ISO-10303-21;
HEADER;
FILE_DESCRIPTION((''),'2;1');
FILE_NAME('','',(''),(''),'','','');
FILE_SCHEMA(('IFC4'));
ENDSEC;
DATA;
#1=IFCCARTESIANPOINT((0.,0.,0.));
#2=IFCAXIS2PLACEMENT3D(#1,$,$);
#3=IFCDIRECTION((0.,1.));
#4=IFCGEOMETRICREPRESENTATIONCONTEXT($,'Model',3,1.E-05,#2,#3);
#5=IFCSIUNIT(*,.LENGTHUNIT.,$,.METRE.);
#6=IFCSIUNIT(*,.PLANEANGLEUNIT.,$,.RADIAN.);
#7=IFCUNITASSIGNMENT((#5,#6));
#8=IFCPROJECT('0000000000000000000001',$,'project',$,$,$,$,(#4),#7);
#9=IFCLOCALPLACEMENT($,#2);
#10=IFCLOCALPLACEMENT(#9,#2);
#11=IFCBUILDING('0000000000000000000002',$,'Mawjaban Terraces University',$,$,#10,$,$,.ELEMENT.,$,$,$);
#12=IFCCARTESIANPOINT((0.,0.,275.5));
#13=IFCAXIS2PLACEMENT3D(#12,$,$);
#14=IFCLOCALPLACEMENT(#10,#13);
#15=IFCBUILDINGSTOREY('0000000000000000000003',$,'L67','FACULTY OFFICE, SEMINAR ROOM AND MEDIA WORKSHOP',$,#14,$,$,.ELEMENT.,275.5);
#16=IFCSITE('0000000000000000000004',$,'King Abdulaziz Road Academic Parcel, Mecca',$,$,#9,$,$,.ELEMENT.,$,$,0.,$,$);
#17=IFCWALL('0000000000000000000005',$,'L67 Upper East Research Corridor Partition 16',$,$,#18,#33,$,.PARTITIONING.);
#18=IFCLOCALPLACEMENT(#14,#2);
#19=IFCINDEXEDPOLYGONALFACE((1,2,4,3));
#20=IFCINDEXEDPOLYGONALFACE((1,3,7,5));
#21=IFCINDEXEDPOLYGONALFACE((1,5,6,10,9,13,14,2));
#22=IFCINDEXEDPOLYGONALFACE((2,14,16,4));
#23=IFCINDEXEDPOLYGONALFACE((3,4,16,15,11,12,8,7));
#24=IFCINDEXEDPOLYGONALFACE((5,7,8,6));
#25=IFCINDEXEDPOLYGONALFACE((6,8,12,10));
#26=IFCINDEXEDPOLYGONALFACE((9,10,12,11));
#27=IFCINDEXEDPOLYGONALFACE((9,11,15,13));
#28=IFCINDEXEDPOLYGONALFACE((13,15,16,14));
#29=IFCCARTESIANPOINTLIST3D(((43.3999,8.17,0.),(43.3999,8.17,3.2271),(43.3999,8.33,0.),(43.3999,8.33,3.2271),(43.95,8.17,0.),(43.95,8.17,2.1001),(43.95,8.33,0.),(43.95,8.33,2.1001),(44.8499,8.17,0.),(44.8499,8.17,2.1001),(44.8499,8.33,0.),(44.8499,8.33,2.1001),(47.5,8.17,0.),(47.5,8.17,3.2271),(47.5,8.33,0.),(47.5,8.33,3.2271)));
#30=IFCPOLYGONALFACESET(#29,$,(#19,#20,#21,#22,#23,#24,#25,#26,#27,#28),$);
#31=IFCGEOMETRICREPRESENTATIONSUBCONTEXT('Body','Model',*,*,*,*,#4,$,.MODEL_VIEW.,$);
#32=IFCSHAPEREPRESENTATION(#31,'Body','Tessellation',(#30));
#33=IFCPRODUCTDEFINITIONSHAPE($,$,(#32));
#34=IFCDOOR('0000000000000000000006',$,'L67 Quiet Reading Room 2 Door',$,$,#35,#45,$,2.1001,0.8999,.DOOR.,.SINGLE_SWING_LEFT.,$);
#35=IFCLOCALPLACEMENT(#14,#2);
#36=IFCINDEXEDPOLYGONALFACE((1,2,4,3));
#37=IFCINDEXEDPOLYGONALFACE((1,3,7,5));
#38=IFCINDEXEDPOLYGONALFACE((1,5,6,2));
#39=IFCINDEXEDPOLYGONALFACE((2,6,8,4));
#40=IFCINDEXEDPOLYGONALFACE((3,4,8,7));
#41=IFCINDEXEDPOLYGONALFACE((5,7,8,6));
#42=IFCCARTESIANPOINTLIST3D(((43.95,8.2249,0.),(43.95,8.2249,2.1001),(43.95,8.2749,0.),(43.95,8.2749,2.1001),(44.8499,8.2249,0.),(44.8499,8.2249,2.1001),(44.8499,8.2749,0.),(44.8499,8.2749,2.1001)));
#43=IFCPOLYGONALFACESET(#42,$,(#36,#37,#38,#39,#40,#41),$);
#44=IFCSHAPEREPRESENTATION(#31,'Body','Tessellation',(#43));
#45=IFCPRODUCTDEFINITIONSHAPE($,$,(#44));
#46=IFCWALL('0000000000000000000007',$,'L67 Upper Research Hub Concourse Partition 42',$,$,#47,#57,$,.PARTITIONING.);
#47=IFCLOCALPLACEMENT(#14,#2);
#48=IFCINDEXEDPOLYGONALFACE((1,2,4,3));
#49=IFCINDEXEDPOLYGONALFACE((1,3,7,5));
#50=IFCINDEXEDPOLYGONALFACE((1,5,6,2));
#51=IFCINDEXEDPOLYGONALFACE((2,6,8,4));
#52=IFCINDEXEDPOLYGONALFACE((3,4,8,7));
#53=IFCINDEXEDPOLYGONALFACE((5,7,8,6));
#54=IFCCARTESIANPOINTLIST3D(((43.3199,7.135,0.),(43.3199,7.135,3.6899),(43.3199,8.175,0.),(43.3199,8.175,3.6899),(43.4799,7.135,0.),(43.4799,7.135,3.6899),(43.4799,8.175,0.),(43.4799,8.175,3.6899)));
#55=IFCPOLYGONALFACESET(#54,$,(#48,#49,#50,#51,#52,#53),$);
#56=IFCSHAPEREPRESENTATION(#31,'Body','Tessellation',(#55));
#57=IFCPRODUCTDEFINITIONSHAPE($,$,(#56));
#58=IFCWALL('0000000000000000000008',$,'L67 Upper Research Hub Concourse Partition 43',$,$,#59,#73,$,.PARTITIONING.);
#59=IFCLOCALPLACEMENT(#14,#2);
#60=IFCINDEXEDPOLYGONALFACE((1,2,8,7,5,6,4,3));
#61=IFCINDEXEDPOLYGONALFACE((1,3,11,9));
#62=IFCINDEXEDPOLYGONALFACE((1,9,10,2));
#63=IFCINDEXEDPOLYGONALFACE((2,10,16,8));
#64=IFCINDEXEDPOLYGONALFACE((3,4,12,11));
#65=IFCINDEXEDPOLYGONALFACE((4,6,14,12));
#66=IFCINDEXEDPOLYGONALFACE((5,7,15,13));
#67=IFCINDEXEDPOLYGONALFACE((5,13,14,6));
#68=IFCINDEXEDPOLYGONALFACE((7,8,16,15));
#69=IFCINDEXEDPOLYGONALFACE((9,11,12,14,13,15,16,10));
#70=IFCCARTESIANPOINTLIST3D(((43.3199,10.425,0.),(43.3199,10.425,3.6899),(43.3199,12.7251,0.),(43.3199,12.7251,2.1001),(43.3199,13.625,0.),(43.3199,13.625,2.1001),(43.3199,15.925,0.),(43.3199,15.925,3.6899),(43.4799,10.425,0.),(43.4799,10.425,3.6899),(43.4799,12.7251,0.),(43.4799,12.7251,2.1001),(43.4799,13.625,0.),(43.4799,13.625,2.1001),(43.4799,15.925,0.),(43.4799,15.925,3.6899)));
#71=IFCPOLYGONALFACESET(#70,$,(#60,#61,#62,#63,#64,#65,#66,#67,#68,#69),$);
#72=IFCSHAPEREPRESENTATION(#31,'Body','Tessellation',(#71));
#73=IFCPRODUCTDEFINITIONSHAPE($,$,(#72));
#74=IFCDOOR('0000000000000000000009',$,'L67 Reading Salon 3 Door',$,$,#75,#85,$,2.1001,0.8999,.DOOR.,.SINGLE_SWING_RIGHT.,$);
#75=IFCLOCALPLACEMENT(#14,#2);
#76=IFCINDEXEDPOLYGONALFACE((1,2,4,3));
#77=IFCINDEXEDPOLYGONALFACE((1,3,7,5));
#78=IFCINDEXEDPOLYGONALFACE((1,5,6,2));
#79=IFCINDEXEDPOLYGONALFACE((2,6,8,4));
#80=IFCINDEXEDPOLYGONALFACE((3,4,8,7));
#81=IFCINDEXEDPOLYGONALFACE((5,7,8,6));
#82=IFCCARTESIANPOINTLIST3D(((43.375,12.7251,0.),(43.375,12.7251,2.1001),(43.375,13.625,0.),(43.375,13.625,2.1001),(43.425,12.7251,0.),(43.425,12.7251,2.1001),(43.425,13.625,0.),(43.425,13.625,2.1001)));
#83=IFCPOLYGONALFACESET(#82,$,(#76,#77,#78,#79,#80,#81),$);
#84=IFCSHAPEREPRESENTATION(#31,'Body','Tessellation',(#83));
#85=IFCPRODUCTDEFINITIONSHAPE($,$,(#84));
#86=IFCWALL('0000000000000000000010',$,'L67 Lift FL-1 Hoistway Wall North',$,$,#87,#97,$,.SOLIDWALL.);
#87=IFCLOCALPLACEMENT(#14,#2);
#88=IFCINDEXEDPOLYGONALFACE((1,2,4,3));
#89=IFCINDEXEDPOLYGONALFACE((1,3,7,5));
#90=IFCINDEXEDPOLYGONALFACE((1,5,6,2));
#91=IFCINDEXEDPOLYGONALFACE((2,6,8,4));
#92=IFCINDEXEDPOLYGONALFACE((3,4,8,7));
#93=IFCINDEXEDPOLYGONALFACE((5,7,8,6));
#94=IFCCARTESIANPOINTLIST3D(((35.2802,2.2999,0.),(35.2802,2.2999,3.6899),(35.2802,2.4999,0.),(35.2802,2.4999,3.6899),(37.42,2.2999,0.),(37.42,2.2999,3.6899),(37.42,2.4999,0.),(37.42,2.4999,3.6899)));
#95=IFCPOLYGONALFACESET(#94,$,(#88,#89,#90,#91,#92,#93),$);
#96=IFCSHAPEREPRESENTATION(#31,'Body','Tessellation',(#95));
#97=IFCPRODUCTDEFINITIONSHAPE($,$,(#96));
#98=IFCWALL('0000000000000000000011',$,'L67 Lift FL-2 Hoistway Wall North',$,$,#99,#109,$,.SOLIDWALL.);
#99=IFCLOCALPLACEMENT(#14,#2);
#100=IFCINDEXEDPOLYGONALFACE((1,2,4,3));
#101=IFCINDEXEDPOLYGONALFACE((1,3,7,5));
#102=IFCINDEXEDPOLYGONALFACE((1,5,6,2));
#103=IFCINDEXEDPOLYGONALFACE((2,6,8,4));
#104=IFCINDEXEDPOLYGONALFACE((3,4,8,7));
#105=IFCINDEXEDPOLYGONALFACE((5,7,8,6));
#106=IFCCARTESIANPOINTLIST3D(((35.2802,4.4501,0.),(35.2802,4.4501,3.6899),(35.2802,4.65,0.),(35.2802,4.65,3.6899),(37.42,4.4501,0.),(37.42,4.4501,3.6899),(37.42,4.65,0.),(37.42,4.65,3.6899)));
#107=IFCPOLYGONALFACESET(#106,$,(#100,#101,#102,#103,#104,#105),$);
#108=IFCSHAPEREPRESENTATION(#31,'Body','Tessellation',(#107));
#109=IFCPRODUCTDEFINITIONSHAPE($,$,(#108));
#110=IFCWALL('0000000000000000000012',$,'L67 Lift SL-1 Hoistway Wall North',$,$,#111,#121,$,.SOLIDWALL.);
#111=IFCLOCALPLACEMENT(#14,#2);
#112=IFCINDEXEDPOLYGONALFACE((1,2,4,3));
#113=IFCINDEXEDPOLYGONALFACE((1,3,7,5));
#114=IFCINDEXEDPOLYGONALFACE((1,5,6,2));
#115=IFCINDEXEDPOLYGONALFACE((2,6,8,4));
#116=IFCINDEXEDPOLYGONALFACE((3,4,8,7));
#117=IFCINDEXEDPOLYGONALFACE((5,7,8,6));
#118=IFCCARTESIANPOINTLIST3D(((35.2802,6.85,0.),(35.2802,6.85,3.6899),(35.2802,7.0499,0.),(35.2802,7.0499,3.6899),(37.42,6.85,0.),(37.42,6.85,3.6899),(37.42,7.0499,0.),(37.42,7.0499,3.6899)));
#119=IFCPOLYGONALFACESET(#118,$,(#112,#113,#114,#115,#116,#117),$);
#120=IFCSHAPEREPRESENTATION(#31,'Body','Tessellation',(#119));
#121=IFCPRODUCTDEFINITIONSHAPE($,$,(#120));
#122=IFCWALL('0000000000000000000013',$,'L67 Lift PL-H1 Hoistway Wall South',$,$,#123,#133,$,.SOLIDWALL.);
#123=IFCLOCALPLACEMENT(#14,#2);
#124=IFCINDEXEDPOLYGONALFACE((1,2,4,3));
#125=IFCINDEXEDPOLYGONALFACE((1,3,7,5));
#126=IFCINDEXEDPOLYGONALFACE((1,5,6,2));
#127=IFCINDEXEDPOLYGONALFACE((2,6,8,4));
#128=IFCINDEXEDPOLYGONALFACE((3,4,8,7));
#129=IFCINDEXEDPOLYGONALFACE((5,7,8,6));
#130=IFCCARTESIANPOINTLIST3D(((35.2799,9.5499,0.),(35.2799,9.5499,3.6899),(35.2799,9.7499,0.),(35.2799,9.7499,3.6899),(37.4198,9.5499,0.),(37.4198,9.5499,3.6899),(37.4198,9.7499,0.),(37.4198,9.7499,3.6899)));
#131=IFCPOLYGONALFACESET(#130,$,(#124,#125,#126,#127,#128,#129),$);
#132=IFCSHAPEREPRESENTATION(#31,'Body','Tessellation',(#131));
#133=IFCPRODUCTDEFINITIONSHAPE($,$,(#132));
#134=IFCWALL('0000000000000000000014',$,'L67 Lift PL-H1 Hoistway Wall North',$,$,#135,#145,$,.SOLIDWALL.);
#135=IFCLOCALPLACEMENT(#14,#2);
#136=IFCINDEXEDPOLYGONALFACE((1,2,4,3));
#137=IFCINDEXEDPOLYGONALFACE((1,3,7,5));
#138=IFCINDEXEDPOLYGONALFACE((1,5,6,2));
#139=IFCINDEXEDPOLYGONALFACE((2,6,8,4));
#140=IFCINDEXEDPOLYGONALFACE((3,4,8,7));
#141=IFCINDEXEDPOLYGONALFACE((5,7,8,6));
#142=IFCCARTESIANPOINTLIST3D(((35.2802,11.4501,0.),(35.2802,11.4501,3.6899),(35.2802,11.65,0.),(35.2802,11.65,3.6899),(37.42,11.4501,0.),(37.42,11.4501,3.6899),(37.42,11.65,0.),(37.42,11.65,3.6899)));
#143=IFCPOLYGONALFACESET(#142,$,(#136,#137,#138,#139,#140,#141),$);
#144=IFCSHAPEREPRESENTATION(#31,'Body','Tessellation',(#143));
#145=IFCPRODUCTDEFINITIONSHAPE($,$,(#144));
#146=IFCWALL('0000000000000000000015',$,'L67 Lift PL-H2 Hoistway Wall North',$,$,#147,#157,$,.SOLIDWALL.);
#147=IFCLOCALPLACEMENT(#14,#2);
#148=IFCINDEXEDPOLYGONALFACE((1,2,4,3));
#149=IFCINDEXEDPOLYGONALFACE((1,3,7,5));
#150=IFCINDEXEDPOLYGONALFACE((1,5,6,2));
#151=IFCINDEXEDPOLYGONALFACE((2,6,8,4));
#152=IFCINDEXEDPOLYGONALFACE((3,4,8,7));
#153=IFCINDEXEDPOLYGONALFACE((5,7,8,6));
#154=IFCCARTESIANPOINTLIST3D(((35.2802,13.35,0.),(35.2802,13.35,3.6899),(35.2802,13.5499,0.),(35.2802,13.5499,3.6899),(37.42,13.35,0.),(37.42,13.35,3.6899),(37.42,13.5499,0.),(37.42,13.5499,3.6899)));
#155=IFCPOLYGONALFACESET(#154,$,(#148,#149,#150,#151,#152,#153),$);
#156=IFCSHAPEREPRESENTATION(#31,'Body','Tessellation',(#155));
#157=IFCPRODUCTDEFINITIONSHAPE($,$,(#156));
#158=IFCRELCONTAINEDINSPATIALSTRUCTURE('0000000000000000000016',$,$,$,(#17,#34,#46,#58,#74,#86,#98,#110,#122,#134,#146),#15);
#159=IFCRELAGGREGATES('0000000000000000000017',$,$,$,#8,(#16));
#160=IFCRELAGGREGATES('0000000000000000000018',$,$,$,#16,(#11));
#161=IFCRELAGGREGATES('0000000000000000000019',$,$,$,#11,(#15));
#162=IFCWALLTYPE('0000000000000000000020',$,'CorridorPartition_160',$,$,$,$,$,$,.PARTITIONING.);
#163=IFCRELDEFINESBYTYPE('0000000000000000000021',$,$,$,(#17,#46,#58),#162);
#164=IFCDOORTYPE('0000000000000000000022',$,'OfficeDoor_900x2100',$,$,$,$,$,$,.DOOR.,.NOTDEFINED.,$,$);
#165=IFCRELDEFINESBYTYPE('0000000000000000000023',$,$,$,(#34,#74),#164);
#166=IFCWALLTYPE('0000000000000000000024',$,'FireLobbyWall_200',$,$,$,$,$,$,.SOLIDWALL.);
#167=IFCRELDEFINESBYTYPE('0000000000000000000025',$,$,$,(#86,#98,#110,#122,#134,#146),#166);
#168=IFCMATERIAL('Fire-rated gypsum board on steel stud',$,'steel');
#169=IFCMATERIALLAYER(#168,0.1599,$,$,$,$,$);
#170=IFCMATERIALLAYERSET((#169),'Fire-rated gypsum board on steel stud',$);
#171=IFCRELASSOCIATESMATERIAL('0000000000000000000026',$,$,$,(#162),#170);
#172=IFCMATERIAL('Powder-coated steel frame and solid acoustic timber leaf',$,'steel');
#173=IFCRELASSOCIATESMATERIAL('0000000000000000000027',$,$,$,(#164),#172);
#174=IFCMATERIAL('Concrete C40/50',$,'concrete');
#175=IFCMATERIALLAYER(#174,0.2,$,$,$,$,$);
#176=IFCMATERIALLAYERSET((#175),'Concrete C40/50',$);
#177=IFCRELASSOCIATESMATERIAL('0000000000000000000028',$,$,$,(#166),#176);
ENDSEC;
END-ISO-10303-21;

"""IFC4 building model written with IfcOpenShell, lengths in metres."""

from ifc_helpers import new_model, si_unit, direction, frame, frame_2d, origin, place, context, subcontext, project, spatial, rectangle, extrude, material, layer, layer_set, type_object, element, fill, save


model = new_model("IFC4")

# Units and contexts
model_context = context("Model", 3, precision=1e-05, world=origin(), true_north=direction((0.0, 1.0)))
body_context = subcontext(model_context, "Body", "Model", "MODEL_VIEW")
ifc_project = project(units=[si_unit("LENGTHUNIT", "METRE"), si_unit("PLANEANGLEUNIT", "RADIAN")], contexts=[model_context])

# Site, building, storey
site_placement = place(None, origin())
site = spatial("IfcSite", under=ifc_project, at=site_placement, Name="King Abdulaziz Road Academic Parcel, Mecca", CompositionType="ELEMENT", RefElevation=0.0)
building_placement = place(site_placement, origin())
building = spatial("IfcBuilding", under=site, at=building_placement, Name="Mawjaban Terraces University", CompositionType="ELEMENT")
storey_placement = place(building_placement, frame((0.0, 0.0, 275.5)))
storey = spatial("IfcBuildingStorey", under=building, at=storey_placement, Name="L67", Description="FACULTY OFFICE, SEMINAR ROOM AND MEDIA WORKSHOP", CompositionType="ELEMENT", Elevation=275.5)

# Shared definitions
ifc_material_1 = material(Name="Powder-coated steel frame and solid acoustic timber leaf", Category="steel")

# Wall, opening, door
ifc_material_2 = material(Name="Fire-rated gypsum board on steel stud", Category="steel")
ifc_layer_1 = layer(ifc_material_2, 0.1599)
ifc_layer_set_1 = layer_set([ifc_layer_1], Name="Fire-rated gypsum board on steel stud")
wall_type_1 = type_object("IfcWallType", Name="CorridorPartition_160", PredefinedType="PARTITIONING", material=ifc_layer_set_1)
wall_1_placement = place(storey_placement, frame((43.3999, 8.25, 0.0), z_axis=(0.0, 0.0, 1.0), x_axis=(1.0, 0.0, 0.0)))
wall_1 = element("IfcWall", 1, at=wall_1_placement, inside=storey, type_object=wall_type_1, Name="L67 Upper East Research Corridor Partition 16", PredefinedType="PARTITIONING", context=body_context, shape_type="SweptSolid", body=[
    extrude(rectangle(XDim=4.1001, YDim=0.1599, at=frame_2d((2.05, 0.0))), origin(), (0.0, 0.0, 1.0), 3.2271),
])
opening_1_placement = place(wall_1_placement, frame((0.55, 0.0, 0.0)))
opening_1 = element("IfcOpeningElement", 2, at=opening_1_placement, cuts=wall_1, PredefinedType="OPENING", context=body_context, shape_type="SweptSolid", body=[
    extrude(rectangle(XDim=0.8999, YDim=2.1001, at=frame_2d((0.45, 1.05))), frame((0.0, 0.0898, 0.0), z_axis=(0.0, -1.0, 0.0), x_axis=(1.0, 0.0, 0.0)), (0.0, 0.0, 1.0), 0.1799),
])
door_type_1 = type_object("IfcDoorType", Name="OfficeDoor_900x2100", OperationType="NOTDEFINED", PredefinedType="DOOR", material=ifc_material_1)
door_1_placement = place(opening_1_placement, origin())
door_1 = element("IfcDoor", 3, at=door_1_placement, inside=storey, type_object=door_type_1, Name="L67 Quiet Reading Room 2 Door", OperationType="SINGLE_SWING_LEFT", OverallHeight=2.1001, OverallWidth=0.8999, PredefinedType="DOOR", context=body_context, shape_type="SweptSolid", body=[
    extrude(rectangle(XDim=0.8999, YDim=2.1001, at=frame_2d((0.45, 1.05))), frame((0.0, 0.0249, 0.0), z_axis=(0.0, -1.0, 0.0), x_axis=(1.0, 0.0, 0.0)), (0.0, 0.0, 1.0), 0.05),
])
fill(opening_1, door_1)

# Wall
wall_2_placement = place(storey_placement, frame((43.3999, 7.135, 0.0), z_axis=(0.0, 0.0, 1.0), x_axis=(0.0, 1.0, 0.0)))
element("IfcWall", 4, at=wall_2_placement, inside=storey, type_object=wall_type_1, Name="L67 Upper Research Hub Concourse Partition 42", PredefinedType="PARTITIONING", context=body_context, shape_type="SweptSolid", body=[
    extrude(rectangle(XDim=1.04, YDim=0.1599, at=frame_2d((0.52, 0.0))), origin(), (0.0, 0.0, 1.0), 3.6899),
])

# Wall, opening, door
wall_3_placement = place(storey_placement, frame((43.3999, 10.425, 0.0), z_axis=(0.0, 0.0, 1.0), x_axis=(0.0, 1.0, 0.0)))
wall_3 = element("IfcWall", 5, at=wall_3_placement, inside=storey, type_object=wall_type_1, Name="L67 Upper Research Hub Concourse Partition 43", PredefinedType="PARTITIONING", context=body_context, shape_type="SweptSolid", body=[
    extrude(rectangle(XDim=5.5, YDim=0.1599, at=frame_2d((2.75, 0.0))), origin(), (0.0, 0.0, 1.0), 3.6899),
])
opening_2_placement = place(wall_3_placement, frame((2.3, 0.0, 0.0)))
opening_2 = element("IfcOpeningElement", 6, at=opening_2_placement, cuts=wall_3, PredefinedType="OPENING", context=body_context, shape_type="SweptSolid", body=[
    extrude(rectangle(XDim=0.8999, YDim=2.1001, at=frame_2d((0.45, 1.05))), frame((0.0, 0.0898, 0.0), z_axis=(0.0, -1.0, 0.0), x_axis=(1.0, 0.0, 0.0)), (0.0, 0.0, 1.0), 0.1799),
])
door_2_placement = place(opening_2_placement, origin())
door_2 = element("IfcDoor", 7, at=door_2_placement, inside=storey, type_object=door_type_1, Name="L67 Reading Salon 3 Door", OperationType="SINGLE_SWING_RIGHT", OverallHeight=2.1001, OverallWidth=0.8999, PredefinedType="DOOR", context=body_context, shape_type="SweptSolid", body=[
    extrude(rectangle(XDim=0.8999, YDim=2.1001, at=frame_2d((0.45, 1.05))), frame((0.0, 0.0249, 0.0), z_axis=(0.0, -1.0, 0.0), x_axis=(1.0, 0.0, 0.0)), (0.0, 0.0, 1.0), 0.05),
])
fill(opening_2, door_2)

# Walls
ifc_material_3 = material(Name="Concrete C40/50", Category="concrete")
ifc_layer_2 = layer(ifc_material_3, 0.2)
ifc_layer_set_2 = layer_set([ifc_layer_2], Name="Concrete C40/50")
wall_type_2 = type_object("IfcWallType", Name="FireLobbyWall_200", PredefinedType="SOLIDWALL", material=ifc_layer_set_2)
for number, where, z_axis, x_axis, name in (
    (8, (37.4199, 2.3999, 0.0), (0.0, 0.0, 1.0), (-1.0, 0.0, 0.0), "L67 Lift FL-1 Hoistway Wall North"),
    (9, (37.4199, 4.55, 0.0), (0.0, 0.0, 1.0), (-1.0, 0.0, 0.0), "L67 Lift FL-2 Hoistway Wall North"),
    (10, (37.4199, 6.95, 0.0), (0.0, 0.0, 1.0), (-1.0, 0.0, 0.0), "L67 Lift SL-1 Hoistway Wall North"),
    (11, (35.28, 9.6499, 0.0), (0.0, 0.0, 1.0), (1.0, 0.0, 0.0), "L67 Lift PL-H1 Hoistway Wall South"),
    (12, (37.4199, 11.55, 0.0), (0.0, 0.0, 1.0), (-1.0, 0.0, 0.0), "L67 Lift PL-H1 Hoistway Wall North"),
    (13, (37.4199, 13.45, 0.0), (0.0, 0.0, 1.0), (-1.0, 0.0, 0.0), "L67 Lift PL-H2 Hoistway Wall North"),
):
    element("IfcWall", number, at=place(storey_placement, frame(where, z_axis=z_axis, x_axis=x_axis)), inside=storey, type_object=wall_type_2, Name=name, PredefinedType="SOLIDWALL", context=body_context, shape_type="SweptSolid", body=[
        extrude(rectangle(XDim=2.1399, YDim=0.2, at=frame_2d((1.0698, 0.0))), origin(), (0.0, 0.0, 1.0), 3.6899),
    ])

save(model, "model.ifc")
